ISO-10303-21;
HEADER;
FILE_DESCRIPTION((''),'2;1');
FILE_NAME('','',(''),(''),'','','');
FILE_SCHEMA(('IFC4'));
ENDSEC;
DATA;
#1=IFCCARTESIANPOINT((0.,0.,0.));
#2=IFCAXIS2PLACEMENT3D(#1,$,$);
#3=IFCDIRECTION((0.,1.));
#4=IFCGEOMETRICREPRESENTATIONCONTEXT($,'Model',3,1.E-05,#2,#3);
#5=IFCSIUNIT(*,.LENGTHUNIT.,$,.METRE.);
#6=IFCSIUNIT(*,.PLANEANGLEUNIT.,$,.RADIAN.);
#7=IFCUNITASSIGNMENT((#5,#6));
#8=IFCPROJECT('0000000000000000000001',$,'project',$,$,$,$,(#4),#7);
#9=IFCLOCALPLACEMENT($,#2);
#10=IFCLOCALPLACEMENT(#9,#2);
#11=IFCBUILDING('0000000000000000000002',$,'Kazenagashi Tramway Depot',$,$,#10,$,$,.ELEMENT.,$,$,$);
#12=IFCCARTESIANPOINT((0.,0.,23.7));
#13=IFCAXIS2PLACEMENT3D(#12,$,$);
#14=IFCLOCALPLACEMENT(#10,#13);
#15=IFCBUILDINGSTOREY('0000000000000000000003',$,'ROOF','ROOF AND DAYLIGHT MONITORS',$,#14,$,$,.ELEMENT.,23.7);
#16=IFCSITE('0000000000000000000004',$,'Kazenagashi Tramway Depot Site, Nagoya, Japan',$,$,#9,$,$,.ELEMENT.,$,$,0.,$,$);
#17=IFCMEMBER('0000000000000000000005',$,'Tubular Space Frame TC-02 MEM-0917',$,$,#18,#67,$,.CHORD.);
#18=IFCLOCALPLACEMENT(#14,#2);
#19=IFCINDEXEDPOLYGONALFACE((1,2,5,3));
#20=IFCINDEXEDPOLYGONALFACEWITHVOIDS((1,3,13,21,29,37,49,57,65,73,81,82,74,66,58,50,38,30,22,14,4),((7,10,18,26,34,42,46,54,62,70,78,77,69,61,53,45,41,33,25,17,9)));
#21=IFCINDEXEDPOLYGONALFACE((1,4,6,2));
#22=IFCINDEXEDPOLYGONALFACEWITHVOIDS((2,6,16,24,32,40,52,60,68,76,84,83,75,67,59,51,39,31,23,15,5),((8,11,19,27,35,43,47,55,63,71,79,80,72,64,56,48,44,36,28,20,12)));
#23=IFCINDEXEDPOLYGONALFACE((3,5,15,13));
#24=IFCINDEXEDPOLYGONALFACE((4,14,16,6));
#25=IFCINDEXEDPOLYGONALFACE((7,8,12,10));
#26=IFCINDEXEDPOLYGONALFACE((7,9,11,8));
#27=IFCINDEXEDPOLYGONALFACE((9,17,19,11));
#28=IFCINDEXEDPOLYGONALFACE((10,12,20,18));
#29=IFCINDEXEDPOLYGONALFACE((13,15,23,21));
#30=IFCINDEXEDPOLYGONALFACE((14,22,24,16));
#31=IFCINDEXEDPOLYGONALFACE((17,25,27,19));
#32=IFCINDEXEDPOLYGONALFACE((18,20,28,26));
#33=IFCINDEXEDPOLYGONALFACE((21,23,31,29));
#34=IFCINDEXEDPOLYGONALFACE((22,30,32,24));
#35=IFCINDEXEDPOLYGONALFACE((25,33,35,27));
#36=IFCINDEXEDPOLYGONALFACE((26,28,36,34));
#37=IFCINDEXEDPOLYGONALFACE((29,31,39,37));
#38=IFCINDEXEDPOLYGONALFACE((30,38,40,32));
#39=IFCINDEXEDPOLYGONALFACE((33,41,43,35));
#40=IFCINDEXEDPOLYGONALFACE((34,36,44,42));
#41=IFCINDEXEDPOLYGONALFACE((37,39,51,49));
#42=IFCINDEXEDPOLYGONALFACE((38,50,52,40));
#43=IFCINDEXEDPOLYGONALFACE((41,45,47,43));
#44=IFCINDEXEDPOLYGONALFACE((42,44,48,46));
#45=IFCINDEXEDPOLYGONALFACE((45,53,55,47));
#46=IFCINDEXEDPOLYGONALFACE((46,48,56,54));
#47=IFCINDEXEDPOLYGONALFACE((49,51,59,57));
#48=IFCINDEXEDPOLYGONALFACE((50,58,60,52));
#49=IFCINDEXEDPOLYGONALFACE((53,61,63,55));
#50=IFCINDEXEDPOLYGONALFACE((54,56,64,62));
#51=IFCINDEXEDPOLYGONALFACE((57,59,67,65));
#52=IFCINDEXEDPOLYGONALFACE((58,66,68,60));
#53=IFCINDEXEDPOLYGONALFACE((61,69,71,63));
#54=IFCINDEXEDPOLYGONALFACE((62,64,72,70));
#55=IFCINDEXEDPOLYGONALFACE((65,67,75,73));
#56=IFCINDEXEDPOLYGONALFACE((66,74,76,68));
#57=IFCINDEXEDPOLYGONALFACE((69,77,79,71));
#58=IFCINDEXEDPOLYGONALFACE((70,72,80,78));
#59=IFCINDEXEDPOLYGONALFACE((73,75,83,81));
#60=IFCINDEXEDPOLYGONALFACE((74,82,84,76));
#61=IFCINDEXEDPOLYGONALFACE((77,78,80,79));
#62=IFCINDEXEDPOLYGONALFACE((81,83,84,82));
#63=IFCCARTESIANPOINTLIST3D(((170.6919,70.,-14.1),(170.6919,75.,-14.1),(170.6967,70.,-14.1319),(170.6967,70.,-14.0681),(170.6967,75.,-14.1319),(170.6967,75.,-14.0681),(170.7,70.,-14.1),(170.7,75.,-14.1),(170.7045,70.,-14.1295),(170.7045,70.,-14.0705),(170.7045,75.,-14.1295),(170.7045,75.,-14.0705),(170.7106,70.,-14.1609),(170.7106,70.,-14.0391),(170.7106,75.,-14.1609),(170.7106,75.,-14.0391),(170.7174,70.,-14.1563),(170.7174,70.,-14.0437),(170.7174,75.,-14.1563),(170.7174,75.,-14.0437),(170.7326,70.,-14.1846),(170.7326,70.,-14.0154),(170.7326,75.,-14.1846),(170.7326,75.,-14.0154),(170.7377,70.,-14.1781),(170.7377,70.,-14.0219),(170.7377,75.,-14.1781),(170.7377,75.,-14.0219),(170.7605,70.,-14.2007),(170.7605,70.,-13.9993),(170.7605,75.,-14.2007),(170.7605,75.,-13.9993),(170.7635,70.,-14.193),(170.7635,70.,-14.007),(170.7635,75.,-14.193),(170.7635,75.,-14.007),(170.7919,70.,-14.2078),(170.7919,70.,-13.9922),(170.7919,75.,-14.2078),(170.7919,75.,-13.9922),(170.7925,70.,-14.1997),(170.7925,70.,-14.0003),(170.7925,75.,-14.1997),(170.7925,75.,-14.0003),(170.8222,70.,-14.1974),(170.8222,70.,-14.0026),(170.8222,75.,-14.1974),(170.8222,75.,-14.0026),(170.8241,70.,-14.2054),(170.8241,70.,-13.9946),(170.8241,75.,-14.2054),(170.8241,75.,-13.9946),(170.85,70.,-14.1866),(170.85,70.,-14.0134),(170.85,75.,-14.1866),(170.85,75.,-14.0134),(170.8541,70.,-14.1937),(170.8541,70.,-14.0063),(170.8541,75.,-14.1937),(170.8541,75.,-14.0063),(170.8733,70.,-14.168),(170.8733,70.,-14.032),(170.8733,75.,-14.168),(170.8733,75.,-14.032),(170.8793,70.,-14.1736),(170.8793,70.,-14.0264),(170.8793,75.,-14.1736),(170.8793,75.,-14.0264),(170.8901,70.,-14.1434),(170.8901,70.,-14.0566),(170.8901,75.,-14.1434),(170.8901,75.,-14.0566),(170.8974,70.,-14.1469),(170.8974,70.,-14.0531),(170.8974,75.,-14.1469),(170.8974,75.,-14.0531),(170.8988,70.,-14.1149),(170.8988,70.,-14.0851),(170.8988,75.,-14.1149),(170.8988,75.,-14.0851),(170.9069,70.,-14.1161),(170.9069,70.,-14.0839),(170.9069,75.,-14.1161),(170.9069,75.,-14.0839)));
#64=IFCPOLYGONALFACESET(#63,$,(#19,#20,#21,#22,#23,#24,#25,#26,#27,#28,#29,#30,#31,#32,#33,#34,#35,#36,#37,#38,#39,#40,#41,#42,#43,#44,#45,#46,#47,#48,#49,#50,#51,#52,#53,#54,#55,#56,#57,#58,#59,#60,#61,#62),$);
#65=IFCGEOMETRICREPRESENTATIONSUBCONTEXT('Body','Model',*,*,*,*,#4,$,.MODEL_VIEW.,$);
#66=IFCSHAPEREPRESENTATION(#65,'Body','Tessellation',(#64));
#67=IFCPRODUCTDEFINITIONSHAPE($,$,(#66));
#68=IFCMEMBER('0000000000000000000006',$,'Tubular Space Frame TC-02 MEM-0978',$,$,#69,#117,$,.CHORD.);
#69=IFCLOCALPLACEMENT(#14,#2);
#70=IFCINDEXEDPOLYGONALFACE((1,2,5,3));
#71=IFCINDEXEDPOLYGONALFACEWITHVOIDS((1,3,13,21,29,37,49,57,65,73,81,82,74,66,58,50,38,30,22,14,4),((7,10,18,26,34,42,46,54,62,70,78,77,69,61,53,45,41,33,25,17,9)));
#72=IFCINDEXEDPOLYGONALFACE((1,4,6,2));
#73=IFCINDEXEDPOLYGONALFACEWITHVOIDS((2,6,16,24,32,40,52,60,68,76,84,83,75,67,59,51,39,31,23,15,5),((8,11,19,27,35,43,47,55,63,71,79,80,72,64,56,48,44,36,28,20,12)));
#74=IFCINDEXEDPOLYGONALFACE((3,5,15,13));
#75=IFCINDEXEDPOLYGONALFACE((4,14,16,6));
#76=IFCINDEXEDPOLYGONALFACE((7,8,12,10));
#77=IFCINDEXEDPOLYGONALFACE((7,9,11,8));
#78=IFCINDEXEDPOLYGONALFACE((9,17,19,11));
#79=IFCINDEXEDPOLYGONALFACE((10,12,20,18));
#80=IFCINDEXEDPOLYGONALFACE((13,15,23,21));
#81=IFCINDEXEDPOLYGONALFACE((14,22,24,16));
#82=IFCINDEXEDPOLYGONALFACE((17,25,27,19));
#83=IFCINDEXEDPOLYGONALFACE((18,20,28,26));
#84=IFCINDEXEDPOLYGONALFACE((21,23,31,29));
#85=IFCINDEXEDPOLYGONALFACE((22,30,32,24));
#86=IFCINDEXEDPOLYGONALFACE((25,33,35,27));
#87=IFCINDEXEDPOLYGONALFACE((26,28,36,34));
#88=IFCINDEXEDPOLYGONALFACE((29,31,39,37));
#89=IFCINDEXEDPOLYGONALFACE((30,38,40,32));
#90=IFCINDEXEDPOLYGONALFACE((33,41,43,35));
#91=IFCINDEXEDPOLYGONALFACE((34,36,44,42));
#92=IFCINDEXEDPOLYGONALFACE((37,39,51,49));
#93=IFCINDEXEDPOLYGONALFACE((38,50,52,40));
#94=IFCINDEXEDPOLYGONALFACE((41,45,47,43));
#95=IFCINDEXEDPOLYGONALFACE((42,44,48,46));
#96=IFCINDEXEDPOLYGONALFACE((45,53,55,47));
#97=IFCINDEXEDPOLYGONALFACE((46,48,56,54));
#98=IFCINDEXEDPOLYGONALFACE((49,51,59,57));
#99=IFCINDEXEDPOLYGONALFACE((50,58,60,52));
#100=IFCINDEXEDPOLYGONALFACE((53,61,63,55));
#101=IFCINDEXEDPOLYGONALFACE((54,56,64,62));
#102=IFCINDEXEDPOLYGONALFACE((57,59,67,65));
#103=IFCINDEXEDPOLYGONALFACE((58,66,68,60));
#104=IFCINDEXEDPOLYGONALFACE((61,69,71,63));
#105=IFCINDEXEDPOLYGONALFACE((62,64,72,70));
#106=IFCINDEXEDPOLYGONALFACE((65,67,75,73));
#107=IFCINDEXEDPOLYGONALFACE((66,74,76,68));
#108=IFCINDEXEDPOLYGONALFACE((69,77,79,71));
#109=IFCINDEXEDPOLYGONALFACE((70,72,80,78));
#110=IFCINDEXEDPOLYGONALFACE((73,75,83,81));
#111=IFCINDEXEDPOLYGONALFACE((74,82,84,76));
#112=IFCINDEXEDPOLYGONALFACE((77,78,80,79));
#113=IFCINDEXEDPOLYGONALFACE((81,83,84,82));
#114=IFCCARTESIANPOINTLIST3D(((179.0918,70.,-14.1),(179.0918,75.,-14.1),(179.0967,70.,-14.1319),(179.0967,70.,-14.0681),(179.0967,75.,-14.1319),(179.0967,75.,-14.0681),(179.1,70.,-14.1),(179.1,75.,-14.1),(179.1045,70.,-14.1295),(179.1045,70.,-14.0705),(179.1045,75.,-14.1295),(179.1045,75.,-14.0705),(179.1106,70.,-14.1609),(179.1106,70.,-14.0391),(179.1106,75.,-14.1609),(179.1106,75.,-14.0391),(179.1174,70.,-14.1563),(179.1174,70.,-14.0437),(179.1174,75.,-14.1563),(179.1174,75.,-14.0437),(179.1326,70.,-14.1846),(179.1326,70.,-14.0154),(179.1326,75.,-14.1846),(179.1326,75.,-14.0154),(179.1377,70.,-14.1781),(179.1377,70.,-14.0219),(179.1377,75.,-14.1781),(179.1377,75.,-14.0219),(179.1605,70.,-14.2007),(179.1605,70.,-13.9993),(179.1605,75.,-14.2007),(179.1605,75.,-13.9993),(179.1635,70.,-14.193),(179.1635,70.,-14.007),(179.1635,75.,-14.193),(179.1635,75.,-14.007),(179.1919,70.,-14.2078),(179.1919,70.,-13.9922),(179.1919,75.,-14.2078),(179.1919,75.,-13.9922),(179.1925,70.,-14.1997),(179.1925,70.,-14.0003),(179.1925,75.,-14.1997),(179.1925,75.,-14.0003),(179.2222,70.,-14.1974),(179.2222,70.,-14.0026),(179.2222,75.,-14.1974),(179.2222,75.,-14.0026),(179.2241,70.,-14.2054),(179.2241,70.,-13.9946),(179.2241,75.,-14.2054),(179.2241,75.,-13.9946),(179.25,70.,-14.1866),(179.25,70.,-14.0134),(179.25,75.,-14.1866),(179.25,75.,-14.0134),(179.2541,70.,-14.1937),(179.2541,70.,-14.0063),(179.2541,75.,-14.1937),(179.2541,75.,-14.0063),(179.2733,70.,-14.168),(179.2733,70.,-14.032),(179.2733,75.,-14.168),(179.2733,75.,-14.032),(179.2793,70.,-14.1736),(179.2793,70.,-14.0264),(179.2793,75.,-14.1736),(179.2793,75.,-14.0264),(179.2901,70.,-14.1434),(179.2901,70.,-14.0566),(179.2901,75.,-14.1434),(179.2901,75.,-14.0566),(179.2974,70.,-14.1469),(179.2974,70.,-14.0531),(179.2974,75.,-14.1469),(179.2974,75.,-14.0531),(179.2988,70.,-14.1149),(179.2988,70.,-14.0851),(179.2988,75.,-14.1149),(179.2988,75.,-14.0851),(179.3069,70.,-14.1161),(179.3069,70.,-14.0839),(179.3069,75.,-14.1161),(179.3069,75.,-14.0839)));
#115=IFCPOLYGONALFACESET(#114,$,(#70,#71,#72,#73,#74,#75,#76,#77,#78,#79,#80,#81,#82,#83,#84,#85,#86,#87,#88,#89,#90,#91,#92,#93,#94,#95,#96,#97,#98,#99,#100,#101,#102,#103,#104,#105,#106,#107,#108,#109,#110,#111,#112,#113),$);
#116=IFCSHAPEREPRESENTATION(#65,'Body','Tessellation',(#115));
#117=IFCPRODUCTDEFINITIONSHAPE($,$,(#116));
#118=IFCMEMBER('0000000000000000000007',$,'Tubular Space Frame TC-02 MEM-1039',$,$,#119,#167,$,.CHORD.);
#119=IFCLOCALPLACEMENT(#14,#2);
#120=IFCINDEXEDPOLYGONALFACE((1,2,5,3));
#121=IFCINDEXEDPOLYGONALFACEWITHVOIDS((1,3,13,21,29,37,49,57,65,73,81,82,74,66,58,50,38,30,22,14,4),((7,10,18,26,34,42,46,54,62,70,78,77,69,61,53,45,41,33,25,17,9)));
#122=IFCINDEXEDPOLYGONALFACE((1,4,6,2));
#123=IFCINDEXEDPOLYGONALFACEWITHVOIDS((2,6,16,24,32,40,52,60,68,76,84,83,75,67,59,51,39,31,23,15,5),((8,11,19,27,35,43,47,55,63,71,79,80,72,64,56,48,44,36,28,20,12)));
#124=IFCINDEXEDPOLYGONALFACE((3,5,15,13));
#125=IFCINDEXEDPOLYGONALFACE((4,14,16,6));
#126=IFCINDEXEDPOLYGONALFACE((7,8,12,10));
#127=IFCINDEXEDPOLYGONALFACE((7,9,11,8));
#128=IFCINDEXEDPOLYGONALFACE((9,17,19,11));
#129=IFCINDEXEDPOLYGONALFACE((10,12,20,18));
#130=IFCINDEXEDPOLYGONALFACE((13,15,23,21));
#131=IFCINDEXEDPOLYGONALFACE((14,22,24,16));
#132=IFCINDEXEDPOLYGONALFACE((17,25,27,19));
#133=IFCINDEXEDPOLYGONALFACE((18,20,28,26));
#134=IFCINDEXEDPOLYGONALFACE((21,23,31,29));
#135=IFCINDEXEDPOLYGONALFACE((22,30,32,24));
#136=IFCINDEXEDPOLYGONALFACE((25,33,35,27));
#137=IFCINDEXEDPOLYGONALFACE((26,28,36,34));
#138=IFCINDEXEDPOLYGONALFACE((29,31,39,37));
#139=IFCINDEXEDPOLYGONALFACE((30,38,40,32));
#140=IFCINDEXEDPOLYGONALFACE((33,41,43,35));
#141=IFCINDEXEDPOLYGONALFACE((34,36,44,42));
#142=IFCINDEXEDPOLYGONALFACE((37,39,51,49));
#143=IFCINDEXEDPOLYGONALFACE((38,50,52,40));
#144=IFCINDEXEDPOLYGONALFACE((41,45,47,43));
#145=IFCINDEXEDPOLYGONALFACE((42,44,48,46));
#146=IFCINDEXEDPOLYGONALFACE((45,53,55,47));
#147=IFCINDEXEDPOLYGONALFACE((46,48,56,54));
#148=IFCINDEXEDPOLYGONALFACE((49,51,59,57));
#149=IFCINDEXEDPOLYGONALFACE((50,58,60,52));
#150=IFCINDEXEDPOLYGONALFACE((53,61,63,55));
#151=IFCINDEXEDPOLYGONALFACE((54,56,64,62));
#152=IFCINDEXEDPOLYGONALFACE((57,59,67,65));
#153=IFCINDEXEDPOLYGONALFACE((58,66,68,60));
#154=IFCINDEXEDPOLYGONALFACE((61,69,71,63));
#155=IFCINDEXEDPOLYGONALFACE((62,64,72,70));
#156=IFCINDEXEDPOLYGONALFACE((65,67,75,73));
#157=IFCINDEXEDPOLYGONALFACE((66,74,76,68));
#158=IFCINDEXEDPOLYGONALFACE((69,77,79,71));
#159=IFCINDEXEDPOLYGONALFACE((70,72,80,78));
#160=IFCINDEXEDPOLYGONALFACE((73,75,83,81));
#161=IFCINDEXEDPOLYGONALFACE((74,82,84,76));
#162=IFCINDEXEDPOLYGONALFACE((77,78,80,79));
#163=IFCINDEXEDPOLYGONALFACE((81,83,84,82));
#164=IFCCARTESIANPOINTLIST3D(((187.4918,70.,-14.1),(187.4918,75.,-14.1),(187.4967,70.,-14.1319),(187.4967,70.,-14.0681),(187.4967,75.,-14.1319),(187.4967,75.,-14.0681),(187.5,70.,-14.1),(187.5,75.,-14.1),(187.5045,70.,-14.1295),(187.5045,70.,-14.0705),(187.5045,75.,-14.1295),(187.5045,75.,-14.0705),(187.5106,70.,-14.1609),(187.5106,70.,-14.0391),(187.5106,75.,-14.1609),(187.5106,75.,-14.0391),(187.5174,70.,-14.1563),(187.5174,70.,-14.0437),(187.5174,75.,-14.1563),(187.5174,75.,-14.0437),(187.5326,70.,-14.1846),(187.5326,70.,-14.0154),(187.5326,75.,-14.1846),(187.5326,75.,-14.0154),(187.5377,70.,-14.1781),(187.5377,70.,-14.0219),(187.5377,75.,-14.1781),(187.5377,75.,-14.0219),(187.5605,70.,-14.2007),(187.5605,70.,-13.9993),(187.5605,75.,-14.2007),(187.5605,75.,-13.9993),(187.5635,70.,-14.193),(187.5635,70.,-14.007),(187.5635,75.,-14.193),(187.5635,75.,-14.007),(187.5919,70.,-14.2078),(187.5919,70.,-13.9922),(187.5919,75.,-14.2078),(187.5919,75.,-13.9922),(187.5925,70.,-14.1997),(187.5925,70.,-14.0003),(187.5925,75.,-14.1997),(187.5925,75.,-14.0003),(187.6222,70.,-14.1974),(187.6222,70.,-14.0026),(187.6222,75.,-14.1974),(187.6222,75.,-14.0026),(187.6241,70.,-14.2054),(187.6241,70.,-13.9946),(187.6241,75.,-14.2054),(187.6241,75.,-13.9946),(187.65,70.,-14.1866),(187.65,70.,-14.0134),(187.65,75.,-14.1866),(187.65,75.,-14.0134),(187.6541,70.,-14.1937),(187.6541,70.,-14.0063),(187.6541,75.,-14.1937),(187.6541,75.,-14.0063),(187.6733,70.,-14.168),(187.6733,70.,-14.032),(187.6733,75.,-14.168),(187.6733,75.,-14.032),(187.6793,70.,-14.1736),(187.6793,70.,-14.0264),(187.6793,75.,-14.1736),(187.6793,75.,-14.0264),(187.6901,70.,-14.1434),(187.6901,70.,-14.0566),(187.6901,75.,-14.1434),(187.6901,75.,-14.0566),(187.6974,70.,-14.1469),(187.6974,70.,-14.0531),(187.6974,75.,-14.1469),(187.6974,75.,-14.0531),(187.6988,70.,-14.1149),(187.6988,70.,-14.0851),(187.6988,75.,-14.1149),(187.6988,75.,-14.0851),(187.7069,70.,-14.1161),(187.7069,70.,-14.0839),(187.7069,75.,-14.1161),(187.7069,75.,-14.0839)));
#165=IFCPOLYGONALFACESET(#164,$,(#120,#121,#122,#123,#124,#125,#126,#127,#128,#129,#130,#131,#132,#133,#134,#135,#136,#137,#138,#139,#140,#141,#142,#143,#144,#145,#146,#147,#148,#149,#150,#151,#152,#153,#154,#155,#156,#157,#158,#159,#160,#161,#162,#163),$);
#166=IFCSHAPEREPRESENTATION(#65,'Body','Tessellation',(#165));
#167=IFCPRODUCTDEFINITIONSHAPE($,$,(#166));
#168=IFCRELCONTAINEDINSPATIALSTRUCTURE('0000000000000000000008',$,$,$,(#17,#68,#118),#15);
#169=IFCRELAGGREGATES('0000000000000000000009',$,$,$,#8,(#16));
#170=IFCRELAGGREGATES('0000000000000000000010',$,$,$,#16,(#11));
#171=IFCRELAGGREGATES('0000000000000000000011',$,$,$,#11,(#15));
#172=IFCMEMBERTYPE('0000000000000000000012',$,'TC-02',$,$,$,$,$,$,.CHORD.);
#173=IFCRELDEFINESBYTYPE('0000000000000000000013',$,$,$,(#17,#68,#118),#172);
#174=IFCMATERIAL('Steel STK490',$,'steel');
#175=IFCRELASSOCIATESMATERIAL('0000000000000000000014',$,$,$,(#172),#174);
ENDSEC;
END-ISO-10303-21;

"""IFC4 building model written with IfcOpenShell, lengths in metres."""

from ifc_helpers import new_model, si_unit, direction, frame, origin, origin_2d, place, context, subcontext, project, spatial, hollow_circle, extrude, material, material_profile, profile_set, type_object, element, save


model = new_model("IFC4")

# Units and contexts
model_context = context("Model", 3, precision=1e-05, world=origin(), true_north=direction((0.0, 1.0)))
body_context = subcontext(model_context, "Body", "Model", "MODEL_VIEW")
ifc_project = project(units=[si_unit("LENGTHUNIT", "METRE"), si_unit("PLANEANGLEUNIT", "RADIAN")], contexts=[model_context])

# Site, building, storey
site_placement = place(None, origin())
site = spatial("IfcSite", under=ifc_project, at=site_placement, Name="Kazenagashi Tramway Depot Site, Nagoya, Japan", CompositionType="ELEMENT", RefElevation=0.0)
building_placement = place(site_placement, origin())
building = spatial("IfcBuilding", under=site, at=building_placement, Name="Kazenagashi Tramway Depot", CompositionType="ELEMENT")
storey_placement = place(building_placement, frame((0.0, 0.0, 23.7)))
storey = spatial("IfcBuildingStorey", under=building, at=storey_placement, Name="ROOF", Description="ROOF AND DAYLIGHT MONITORS", CompositionType="ELEMENT", Elevation=23.7)

# Members
ifc_material_1 = material(Name="Steel STK490", Category="steel")
ifc_material_profile_1 = material_profile(ifc_material_1, hollow_circle(Radius=0.1081, WallThickness=0.0082, at=origin_2d()), Name="CHS-216.3x8.2")
ifc_profile_set_1 = profile_set([ifc_material_profile_1], Name="Steel STK490")
member_type_1 = type_object("IfcMemberType", Name="TC-02", PredefinedType="CHORD", material=ifc_profile_set_1)
for number, where, z_axis, x_axis, name in (
    (1, (170.8, 70.0, -14.1), (0.0, 1.0, 0.0), (-1.0, 0.0, 0.0), "Tubular Space Frame TC-02 MEM-0917"),
    (2, (179.2, 70.0, -14.1), (0.0, 1.0, 0.0), (-1.0, 0.0, 0.0), "Tubular Space Frame TC-02 MEM-0978"),
    (3, (187.6, 70.0, -14.1), (0.0, 1.0, 0.0), (-1.0, 0.0, 0.0), "Tubular Space Frame TC-02 MEM-1039"),
):
    element("IfcMember", number, at=place(storey_placement, frame(where, z_axis=z_axis, x_axis=x_axis)), inside=storey, type_object=member_type_1, Name=name, PredefinedType="CHORD", context=body_context, shape_type="SweptSolid", body=[
        extrude(hollow_circle(Radius=0.1081, WallThickness=0.0082, at=origin_2d()), origin(), (0.0, 0.0, 1.0), 5.0),
    ])

save(model, "model.ifc")
